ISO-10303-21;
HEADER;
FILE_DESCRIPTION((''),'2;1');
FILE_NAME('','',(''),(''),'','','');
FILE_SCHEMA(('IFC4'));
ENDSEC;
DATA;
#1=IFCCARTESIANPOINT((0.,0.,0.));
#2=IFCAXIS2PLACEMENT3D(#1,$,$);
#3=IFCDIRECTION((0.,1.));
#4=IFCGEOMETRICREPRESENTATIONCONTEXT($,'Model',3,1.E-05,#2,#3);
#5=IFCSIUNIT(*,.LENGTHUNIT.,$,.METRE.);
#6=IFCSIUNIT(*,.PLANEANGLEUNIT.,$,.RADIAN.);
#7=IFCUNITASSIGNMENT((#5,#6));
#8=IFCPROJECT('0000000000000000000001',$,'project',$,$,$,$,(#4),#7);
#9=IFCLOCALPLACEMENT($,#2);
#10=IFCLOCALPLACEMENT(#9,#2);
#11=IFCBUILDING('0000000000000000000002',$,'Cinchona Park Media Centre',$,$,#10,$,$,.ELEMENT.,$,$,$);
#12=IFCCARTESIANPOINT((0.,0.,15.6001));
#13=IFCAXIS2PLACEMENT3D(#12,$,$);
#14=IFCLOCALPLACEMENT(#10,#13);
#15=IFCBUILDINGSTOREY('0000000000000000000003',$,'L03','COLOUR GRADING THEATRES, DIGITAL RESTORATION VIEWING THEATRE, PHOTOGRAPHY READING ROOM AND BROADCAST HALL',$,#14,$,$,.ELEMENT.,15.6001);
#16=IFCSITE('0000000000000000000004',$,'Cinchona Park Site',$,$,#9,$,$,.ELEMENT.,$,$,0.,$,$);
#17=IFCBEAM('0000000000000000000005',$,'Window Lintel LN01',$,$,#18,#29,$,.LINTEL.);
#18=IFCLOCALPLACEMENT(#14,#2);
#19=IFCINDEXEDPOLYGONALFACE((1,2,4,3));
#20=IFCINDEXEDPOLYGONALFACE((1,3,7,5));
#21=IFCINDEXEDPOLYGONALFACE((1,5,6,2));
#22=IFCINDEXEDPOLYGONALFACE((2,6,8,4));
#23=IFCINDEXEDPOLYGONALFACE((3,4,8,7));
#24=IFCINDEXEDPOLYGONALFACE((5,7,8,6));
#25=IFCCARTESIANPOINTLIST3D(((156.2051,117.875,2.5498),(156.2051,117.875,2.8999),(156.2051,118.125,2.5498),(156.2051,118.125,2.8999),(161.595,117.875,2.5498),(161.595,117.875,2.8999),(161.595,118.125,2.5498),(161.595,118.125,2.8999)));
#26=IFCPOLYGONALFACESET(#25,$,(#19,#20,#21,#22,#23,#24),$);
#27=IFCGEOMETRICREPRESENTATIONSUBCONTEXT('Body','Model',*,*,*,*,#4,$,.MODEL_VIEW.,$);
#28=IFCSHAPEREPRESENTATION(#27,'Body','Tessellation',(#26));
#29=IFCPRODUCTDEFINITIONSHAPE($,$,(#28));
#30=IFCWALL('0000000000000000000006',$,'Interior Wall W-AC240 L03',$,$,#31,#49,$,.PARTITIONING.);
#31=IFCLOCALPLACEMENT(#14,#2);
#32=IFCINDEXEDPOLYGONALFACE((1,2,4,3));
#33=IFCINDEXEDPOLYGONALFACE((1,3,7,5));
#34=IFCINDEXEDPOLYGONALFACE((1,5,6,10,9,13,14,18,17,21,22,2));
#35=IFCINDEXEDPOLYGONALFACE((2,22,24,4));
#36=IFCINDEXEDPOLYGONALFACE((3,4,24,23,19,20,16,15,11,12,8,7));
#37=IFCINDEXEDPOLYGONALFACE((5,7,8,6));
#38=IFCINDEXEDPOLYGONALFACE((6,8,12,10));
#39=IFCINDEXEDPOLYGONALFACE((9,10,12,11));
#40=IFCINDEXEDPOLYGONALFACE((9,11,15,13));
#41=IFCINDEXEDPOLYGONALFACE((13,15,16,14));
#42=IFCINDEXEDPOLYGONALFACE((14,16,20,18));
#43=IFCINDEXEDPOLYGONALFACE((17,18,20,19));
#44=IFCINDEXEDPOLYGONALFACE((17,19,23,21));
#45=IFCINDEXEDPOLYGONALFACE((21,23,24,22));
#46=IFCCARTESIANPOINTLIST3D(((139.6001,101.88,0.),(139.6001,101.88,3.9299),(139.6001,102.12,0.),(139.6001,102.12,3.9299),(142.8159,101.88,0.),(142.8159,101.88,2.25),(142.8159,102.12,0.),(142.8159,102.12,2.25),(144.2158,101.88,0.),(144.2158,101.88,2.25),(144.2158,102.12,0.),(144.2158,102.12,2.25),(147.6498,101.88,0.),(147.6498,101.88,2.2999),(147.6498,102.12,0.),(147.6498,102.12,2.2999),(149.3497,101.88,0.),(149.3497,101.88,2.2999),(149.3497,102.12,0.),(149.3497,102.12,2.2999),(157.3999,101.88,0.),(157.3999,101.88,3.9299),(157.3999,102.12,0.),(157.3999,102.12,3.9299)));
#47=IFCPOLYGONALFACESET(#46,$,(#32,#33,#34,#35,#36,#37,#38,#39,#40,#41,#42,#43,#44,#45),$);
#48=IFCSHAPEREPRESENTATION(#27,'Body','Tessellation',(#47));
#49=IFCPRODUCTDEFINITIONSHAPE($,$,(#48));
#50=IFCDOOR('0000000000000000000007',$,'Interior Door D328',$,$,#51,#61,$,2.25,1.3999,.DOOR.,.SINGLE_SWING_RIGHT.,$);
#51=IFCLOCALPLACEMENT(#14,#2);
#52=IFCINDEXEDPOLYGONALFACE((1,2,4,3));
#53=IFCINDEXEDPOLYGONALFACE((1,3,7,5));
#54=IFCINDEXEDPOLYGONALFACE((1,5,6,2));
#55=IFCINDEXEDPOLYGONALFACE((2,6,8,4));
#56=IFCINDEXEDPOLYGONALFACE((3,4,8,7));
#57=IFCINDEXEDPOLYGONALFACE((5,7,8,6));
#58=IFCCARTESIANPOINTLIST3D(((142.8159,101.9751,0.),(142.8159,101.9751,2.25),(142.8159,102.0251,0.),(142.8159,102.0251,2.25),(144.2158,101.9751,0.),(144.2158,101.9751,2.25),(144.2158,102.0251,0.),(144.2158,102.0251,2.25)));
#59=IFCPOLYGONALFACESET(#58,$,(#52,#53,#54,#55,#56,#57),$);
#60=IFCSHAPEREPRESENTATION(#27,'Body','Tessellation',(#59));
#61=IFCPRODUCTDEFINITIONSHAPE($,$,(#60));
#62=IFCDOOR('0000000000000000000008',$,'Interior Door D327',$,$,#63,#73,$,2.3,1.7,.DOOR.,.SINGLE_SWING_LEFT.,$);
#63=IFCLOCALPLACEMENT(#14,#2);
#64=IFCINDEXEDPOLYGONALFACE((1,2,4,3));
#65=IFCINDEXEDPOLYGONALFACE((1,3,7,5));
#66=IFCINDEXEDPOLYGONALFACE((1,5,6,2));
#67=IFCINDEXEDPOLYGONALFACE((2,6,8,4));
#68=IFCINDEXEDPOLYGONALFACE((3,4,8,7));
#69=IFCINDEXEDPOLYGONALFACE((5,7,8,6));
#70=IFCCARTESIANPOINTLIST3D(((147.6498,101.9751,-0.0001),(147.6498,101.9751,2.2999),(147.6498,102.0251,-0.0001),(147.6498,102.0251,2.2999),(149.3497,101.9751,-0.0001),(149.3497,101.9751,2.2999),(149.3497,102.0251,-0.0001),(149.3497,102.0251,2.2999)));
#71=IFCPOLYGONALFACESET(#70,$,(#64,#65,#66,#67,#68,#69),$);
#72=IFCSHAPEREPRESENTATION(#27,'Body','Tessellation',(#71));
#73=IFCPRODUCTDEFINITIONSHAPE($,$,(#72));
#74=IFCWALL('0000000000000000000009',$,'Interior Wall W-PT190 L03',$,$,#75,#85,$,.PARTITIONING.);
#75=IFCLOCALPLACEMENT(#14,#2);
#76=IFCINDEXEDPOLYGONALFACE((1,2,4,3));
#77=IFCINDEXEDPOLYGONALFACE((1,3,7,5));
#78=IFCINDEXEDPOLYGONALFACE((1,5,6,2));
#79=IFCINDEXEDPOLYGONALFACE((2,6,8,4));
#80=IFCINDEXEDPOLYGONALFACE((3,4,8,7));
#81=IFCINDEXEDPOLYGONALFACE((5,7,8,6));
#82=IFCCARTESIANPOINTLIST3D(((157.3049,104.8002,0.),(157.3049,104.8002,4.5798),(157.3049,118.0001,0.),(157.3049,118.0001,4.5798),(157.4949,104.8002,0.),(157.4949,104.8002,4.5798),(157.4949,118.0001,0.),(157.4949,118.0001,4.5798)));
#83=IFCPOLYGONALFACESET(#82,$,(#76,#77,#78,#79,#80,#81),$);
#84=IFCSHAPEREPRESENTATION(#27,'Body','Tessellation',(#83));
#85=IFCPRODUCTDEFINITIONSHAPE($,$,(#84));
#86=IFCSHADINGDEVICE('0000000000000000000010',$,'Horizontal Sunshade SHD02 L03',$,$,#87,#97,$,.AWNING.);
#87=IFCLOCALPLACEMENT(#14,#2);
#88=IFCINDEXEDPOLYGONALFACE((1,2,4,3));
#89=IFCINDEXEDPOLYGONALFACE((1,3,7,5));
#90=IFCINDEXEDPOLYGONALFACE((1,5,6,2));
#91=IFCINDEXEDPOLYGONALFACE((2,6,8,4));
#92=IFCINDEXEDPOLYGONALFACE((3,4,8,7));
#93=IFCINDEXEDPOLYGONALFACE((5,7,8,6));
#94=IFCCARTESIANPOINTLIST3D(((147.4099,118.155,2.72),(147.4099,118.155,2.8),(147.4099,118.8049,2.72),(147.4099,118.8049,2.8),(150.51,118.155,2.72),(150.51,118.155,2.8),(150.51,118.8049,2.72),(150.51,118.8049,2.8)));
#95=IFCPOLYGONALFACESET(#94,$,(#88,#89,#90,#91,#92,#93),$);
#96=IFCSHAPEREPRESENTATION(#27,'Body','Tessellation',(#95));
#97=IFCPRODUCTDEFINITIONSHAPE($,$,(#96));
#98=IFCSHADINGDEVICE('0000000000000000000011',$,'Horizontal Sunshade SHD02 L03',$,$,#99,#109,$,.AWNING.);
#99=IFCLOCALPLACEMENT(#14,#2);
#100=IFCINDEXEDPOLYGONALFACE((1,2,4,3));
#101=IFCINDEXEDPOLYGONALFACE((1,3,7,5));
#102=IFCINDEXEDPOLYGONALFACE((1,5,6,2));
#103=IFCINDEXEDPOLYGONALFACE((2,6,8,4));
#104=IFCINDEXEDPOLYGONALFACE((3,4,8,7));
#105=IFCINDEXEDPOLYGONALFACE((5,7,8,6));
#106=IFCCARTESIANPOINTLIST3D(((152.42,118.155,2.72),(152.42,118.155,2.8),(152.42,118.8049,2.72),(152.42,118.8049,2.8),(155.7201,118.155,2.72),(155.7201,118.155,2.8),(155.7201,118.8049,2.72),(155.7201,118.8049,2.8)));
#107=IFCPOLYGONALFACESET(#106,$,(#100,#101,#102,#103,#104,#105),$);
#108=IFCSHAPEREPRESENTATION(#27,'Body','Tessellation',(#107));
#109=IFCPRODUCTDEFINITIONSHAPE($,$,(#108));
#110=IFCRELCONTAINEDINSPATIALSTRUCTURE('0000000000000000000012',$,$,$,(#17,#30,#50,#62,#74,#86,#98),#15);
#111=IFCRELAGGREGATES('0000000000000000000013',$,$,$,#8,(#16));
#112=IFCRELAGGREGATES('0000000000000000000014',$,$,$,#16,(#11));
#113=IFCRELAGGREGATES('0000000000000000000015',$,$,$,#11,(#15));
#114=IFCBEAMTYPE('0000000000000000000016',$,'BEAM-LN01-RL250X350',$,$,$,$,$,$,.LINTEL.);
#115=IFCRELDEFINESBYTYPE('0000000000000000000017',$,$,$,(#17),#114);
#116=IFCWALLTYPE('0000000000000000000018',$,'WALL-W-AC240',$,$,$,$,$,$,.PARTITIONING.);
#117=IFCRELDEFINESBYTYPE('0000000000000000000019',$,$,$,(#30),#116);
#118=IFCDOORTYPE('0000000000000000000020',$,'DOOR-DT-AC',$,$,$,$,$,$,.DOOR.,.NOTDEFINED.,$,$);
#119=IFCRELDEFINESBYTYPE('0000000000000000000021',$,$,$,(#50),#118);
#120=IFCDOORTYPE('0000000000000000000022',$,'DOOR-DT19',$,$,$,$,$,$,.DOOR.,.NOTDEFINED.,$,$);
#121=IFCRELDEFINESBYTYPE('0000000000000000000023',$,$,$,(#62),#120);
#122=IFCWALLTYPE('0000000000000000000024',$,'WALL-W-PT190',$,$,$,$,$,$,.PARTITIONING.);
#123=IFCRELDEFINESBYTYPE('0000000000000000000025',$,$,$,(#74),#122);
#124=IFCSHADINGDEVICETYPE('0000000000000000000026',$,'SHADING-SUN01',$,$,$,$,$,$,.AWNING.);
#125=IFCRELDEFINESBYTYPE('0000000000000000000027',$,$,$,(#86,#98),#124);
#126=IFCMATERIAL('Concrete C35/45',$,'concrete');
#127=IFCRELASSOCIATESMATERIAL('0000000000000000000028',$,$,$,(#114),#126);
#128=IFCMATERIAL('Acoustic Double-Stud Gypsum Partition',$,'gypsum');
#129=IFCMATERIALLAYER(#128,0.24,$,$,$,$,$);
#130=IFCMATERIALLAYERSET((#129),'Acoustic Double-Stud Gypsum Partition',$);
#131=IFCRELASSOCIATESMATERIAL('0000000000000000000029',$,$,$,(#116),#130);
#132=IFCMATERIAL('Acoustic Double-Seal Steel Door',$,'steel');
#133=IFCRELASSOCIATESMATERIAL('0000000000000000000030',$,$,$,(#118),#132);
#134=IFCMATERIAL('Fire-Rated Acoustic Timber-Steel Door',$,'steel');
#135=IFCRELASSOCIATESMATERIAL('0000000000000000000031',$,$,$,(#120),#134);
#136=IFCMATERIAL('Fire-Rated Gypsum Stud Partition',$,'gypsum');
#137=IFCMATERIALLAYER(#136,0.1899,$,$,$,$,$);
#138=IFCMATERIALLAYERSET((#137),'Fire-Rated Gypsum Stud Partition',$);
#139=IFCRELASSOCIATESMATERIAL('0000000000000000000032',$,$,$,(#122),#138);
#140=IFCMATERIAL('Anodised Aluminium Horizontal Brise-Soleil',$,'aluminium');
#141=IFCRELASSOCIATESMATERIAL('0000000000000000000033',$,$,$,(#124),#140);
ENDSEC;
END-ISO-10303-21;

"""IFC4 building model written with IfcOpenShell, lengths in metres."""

from ifc_helpers import new_model, si_unit, direction, frame, frame_2d, origin, origin_2d, place, context, subcontext, project, spatial, rectangle, extrude, material, layer, layer_set, material_profile, profile_set, type_object, element, fill, save


model = new_model("IFC4")

# Units and contexts
model_context = context("Model", 3, precision=1e-05, world=origin(), true_north=direction((0.0, 1.0)))
body_context = subcontext(model_context, "Body", "Model", "MODEL_VIEW")
ifc_project = project(units=[si_unit("LENGTHUNIT", "METRE"), si_unit("PLANEANGLEUNIT", "RADIAN")], contexts=[model_context])

# Site, building, storey
site_placement = place(None, origin())
site = spatial("IfcSite", under=ifc_project, at=site_placement, Name="Cinchona Park Site", CompositionType="ELEMENT", RefElevation=0.0)
building_placement = place(site_placement, origin())
building = spatial("IfcBuilding", under=site, at=building_placement, Name="Cinchona Park Media Centre", CompositionType="ELEMENT")
storey_placement = place(building_placement, frame((0.0, 0.0, 15.6001)))
storey = spatial("IfcBuildingStorey", under=building, at=storey_placement, Name="L03", Description="COLOUR GRADING THEATRES, DIGITAL RESTORATION VIEWING THEATRE, PHOTOGRAPHY READING ROOM AND BROADCAST HALL", CompositionType="ELEMENT", Elevation=15.6001)

# Beam
ifc_material_1 = material(Name="Concrete C35/45", Category="concrete")
ifc_material_profile_1 = material_profile(ifc_material_1, rectangle(XDim=0.25, YDim=0.3501, at=origin_2d()), Name="RL 250X350")
ifc_profile_set_1 = profile_set([ifc_material_profile_1], Name="Concrete C35/45")
beam_type_1 = type_object("IfcBeamType", Name="BEAM-LN01-RL250X350", PredefinedType="LINTEL", material=ifc_profile_set_1)
beam_1_placement = place(storey_placement, frame((156.2051, 118.0, 2.7249), z_axis=(1.0, 0.0, 0.0), x_axis=(0.0, 1.0, 0.0)))
element("IfcBeam", 1, at=beam_1_placement, inside=storey, type_object=beam_type_1, Name="Window Lintel LN01", PredefinedType="LINTEL", context=body_context, shape_type="SweptSolid", body=[
    extrude(rectangle(XDim=0.25, YDim=0.3501, at=origin_2d()), origin(), (0.0, 0.0, 1.0), 5.3899),
])

# Wall, openings, doors
ifc_material_2 = material(Name="Acoustic Double-Stud Gypsum Partition", Category="gypsum")
ifc_layer_1 = layer(ifc_material_2, 0.24)
ifc_layer_set_1 = layer_set([ifc_layer_1], Name="Acoustic Double-Stud Gypsum Partition")
wall_type_1 = type_object("IfcWallType", Name="WALL-W-AC240", PredefinedType="PARTITIONING", material=ifc_layer_set_1)
wall_1_placement = place(storey_placement, frame((157.3999, 102.0, 0.0), z_axis=(0.0, 0.0, 1.0), x_axis=(-1.0, 0.0, 0.0)))
wall_1 = element("IfcWall", 2, at=wall_1_placement, inside=storey, type_object=wall_type_1, Name="Interior Wall W-AC240 L03", PredefinedType="PARTITIONING", context=body_context, shape_type="SweptSolid", body=[
    extrude(rectangle(XDim=17.7998, YDim=0.24, at=frame_2d((8.8999, 0.0))), origin(), (0.0, 0.0, 1.0), 3.9299),
])
opening_1_placement = place(wall_1_placement, frame((8.05, 0.0, 0.0)))
opening_1 = element("IfcOpeningElement", 3, at=opening_1_placement, cuts=wall_1, PredefinedType="OPENING", context=body_context, shape_type="SweptSolid", body=[
    extrude(rectangle(XDim=1.7, YDim=2.3, at=frame_2d((0.8501, 1.1499))), frame((0.0, 0.1299, 0.0), z_axis=(0.0, -1.0, 0.0), x_axis=(1.0, 0.0, 0.0)), (0.0, 0.0, 1.0), 0.26),
])
opening_2_placement = place(wall_1_placement, frame((13.1841, 0.0, 0.0)))
opening_2 = element("IfcOpeningElement", 4, at=opening_2_placement, cuts=wall_1, PredefinedType="OPENING", context=body_context, shape_type="SweptSolid", body=[
    extrude(rectangle(XDim=1.3999, YDim=2.25, at=frame_2d((0.7, 1.125))), frame((0.0, 0.1299, 0.0), z_axis=(0.0, -1.0, 0.0), x_axis=(1.0, 0.0, 0.0)), (0.0, 0.0, 1.0), 0.26),
])
ifc_material_3 = material(Name="Acoustic Double-Seal Steel Door", Category="steel")
door_type_1 = type_object("IfcDoorType", Name="DOOR-DT-AC", OperationType="NOTDEFINED", PredefinedType="DOOR", material=ifc_material_3)
door_1_placement = place(opening_2_placement, origin())
door_1 = element("IfcDoor", 5, at=door_1_placement, inside=storey, type_object=door_type_1, Name="Interior Door D328", OperationType="SINGLE_SWING_RIGHT", OverallHeight=2.25, OverallWidth=1.3999, PredefinedType="DOOR", context=body_context, shape_type="SweptSolid", body=[
    extrude(rectangle(XDim=1.3999, YDim=2.25, at=frame_2d((0.7, 1.125))), frame((0.0, 0.0249, 0.0), z_axis=(0.0, -1.0, 0.0), x_axis=(1.0, 0.0, 0.0)), (0.0, 0.0, 1.0), 0.05),
])
fill(opening_2, door_1)
ifc_material_4 = material(Name="Fire-Rated Acoustic Timber-Steel Door", Category="steel")
door_type_2 = type_object("IfcDoorType", Name="DOOR-DT19", OperationType="NOTDEFINED", PredefinedType="DOOR", material=ifc_material_4)
door_2_placement = place(opening_1_placement, origin())
door_2 = element("IfcDoor", 6, at=door_2_placement, inside=storey, type_object=door_type_2, Name="Interior Door D327", OperationType="SINGLE_SWING_LEFT", OverallHeight=2.3, OverallWidth=1.7, PredefinedType="DOOR", context=body_context, shape_type="SweptSolid", body=[
    extrude(rectangle(XDim=1.7, YDim=2.3, at=frame_2d((0.8501, 1.1499))), frame((0.0, 0.0249, 0.0), z_axis=(0.0, -1.0, 0.0), x_axis=(1.0, 0.0, 0.0)), (0.0, 0.0, 1.0), 0.05),
])
fill(opening_1, door_2)

# Wall
ifc_material_5 = material(Name="Fire-Rated Gypsum Stud Partition", Category="gypsum")
ifc_layer_2 = layer(ifc_material_5, 0.1899)
ifc_layer_set_2 = layer_set([ifc_layer_2], Name="Fire-Rated Gypsum Stud Partition")
wall_type_2 = type_object("IfcWallType", Name="WALL-W-PT190", PredefinedType="PARTITIONING", material=ifc_layer_set_2)
wall_2_placement = place(storey_placement, frame((157.3999, 104.8, 0.0), z_axis=(0.0, 0.0, 1.0), x_axis=(0.0, 1.0, 0.0)))
element("IfcWall", 7, at=wall_2_placement, inside=storey, type_object=wall_type_2, Name="Interior Wall W-PT190 L03", PredefinedType="PARTITIONING", context=body_context, shape_type="SweptSolid", body=[
    extrude(rectangle(XDim=13.2, YDim=0.1899, at=frame_2d((6.6001, 0.0))), origin(), (0.0, 0.0, 1.0), 4.5798),
])

# Shading devices
ifc_material_6 = material(Name="Anodised Aluminium Horizontal Brise-Soleil", Category="aluminium")
shading_device_type = type_object("IfcShadingDeviceType", Name="SHADING-SUN01", PredefinedType="AWNING", material=ifc_material_6)
shading_device_1_placement = place(storey_placement, frame((148.96, 118.48, 2.72), z_axis=(0.0, 0.0, 1.0), x_axis=(1.0, 0.0, 0.0)))
element("IfcShadingDevice", 8, at=shading_device_1_placement, inside=storey, type_object=shading_device_type, Name="Horizontal Sunshade SHD02 L03", PredefinedType="AWNING", context=body_context, shape_type="SweptSolid", body=[
    extrude(rectangle(XDim=3.1001, YDim=0.6499, at=origin_2d()), origin(), (0.0, 0.0, 1.0), 0.0801),
])
shading_device_2_placement = place(storey_placement, frame((154.0701, 118.48, 2.72), z_axis=(0.0, 0.0, 1.0), x_axis=(1.0, 0.0, 0.0)))
element("IfcShadingDevice", 9, at=shading_device_2_placement, inside=storey, type_object=shading_device_type, Name="Horizontal Sunshade SHD02 L03", PredefinedType="AWNING", context=body_context, shape_type="SweptSolid", body=[
    extrude(rectangle(XDim=3.3, YDim=0.6499, at=origin_2d()), origin(), (0.0, 0.0, 1.0), 0.0801),
])

save(model, "model.ifc")
